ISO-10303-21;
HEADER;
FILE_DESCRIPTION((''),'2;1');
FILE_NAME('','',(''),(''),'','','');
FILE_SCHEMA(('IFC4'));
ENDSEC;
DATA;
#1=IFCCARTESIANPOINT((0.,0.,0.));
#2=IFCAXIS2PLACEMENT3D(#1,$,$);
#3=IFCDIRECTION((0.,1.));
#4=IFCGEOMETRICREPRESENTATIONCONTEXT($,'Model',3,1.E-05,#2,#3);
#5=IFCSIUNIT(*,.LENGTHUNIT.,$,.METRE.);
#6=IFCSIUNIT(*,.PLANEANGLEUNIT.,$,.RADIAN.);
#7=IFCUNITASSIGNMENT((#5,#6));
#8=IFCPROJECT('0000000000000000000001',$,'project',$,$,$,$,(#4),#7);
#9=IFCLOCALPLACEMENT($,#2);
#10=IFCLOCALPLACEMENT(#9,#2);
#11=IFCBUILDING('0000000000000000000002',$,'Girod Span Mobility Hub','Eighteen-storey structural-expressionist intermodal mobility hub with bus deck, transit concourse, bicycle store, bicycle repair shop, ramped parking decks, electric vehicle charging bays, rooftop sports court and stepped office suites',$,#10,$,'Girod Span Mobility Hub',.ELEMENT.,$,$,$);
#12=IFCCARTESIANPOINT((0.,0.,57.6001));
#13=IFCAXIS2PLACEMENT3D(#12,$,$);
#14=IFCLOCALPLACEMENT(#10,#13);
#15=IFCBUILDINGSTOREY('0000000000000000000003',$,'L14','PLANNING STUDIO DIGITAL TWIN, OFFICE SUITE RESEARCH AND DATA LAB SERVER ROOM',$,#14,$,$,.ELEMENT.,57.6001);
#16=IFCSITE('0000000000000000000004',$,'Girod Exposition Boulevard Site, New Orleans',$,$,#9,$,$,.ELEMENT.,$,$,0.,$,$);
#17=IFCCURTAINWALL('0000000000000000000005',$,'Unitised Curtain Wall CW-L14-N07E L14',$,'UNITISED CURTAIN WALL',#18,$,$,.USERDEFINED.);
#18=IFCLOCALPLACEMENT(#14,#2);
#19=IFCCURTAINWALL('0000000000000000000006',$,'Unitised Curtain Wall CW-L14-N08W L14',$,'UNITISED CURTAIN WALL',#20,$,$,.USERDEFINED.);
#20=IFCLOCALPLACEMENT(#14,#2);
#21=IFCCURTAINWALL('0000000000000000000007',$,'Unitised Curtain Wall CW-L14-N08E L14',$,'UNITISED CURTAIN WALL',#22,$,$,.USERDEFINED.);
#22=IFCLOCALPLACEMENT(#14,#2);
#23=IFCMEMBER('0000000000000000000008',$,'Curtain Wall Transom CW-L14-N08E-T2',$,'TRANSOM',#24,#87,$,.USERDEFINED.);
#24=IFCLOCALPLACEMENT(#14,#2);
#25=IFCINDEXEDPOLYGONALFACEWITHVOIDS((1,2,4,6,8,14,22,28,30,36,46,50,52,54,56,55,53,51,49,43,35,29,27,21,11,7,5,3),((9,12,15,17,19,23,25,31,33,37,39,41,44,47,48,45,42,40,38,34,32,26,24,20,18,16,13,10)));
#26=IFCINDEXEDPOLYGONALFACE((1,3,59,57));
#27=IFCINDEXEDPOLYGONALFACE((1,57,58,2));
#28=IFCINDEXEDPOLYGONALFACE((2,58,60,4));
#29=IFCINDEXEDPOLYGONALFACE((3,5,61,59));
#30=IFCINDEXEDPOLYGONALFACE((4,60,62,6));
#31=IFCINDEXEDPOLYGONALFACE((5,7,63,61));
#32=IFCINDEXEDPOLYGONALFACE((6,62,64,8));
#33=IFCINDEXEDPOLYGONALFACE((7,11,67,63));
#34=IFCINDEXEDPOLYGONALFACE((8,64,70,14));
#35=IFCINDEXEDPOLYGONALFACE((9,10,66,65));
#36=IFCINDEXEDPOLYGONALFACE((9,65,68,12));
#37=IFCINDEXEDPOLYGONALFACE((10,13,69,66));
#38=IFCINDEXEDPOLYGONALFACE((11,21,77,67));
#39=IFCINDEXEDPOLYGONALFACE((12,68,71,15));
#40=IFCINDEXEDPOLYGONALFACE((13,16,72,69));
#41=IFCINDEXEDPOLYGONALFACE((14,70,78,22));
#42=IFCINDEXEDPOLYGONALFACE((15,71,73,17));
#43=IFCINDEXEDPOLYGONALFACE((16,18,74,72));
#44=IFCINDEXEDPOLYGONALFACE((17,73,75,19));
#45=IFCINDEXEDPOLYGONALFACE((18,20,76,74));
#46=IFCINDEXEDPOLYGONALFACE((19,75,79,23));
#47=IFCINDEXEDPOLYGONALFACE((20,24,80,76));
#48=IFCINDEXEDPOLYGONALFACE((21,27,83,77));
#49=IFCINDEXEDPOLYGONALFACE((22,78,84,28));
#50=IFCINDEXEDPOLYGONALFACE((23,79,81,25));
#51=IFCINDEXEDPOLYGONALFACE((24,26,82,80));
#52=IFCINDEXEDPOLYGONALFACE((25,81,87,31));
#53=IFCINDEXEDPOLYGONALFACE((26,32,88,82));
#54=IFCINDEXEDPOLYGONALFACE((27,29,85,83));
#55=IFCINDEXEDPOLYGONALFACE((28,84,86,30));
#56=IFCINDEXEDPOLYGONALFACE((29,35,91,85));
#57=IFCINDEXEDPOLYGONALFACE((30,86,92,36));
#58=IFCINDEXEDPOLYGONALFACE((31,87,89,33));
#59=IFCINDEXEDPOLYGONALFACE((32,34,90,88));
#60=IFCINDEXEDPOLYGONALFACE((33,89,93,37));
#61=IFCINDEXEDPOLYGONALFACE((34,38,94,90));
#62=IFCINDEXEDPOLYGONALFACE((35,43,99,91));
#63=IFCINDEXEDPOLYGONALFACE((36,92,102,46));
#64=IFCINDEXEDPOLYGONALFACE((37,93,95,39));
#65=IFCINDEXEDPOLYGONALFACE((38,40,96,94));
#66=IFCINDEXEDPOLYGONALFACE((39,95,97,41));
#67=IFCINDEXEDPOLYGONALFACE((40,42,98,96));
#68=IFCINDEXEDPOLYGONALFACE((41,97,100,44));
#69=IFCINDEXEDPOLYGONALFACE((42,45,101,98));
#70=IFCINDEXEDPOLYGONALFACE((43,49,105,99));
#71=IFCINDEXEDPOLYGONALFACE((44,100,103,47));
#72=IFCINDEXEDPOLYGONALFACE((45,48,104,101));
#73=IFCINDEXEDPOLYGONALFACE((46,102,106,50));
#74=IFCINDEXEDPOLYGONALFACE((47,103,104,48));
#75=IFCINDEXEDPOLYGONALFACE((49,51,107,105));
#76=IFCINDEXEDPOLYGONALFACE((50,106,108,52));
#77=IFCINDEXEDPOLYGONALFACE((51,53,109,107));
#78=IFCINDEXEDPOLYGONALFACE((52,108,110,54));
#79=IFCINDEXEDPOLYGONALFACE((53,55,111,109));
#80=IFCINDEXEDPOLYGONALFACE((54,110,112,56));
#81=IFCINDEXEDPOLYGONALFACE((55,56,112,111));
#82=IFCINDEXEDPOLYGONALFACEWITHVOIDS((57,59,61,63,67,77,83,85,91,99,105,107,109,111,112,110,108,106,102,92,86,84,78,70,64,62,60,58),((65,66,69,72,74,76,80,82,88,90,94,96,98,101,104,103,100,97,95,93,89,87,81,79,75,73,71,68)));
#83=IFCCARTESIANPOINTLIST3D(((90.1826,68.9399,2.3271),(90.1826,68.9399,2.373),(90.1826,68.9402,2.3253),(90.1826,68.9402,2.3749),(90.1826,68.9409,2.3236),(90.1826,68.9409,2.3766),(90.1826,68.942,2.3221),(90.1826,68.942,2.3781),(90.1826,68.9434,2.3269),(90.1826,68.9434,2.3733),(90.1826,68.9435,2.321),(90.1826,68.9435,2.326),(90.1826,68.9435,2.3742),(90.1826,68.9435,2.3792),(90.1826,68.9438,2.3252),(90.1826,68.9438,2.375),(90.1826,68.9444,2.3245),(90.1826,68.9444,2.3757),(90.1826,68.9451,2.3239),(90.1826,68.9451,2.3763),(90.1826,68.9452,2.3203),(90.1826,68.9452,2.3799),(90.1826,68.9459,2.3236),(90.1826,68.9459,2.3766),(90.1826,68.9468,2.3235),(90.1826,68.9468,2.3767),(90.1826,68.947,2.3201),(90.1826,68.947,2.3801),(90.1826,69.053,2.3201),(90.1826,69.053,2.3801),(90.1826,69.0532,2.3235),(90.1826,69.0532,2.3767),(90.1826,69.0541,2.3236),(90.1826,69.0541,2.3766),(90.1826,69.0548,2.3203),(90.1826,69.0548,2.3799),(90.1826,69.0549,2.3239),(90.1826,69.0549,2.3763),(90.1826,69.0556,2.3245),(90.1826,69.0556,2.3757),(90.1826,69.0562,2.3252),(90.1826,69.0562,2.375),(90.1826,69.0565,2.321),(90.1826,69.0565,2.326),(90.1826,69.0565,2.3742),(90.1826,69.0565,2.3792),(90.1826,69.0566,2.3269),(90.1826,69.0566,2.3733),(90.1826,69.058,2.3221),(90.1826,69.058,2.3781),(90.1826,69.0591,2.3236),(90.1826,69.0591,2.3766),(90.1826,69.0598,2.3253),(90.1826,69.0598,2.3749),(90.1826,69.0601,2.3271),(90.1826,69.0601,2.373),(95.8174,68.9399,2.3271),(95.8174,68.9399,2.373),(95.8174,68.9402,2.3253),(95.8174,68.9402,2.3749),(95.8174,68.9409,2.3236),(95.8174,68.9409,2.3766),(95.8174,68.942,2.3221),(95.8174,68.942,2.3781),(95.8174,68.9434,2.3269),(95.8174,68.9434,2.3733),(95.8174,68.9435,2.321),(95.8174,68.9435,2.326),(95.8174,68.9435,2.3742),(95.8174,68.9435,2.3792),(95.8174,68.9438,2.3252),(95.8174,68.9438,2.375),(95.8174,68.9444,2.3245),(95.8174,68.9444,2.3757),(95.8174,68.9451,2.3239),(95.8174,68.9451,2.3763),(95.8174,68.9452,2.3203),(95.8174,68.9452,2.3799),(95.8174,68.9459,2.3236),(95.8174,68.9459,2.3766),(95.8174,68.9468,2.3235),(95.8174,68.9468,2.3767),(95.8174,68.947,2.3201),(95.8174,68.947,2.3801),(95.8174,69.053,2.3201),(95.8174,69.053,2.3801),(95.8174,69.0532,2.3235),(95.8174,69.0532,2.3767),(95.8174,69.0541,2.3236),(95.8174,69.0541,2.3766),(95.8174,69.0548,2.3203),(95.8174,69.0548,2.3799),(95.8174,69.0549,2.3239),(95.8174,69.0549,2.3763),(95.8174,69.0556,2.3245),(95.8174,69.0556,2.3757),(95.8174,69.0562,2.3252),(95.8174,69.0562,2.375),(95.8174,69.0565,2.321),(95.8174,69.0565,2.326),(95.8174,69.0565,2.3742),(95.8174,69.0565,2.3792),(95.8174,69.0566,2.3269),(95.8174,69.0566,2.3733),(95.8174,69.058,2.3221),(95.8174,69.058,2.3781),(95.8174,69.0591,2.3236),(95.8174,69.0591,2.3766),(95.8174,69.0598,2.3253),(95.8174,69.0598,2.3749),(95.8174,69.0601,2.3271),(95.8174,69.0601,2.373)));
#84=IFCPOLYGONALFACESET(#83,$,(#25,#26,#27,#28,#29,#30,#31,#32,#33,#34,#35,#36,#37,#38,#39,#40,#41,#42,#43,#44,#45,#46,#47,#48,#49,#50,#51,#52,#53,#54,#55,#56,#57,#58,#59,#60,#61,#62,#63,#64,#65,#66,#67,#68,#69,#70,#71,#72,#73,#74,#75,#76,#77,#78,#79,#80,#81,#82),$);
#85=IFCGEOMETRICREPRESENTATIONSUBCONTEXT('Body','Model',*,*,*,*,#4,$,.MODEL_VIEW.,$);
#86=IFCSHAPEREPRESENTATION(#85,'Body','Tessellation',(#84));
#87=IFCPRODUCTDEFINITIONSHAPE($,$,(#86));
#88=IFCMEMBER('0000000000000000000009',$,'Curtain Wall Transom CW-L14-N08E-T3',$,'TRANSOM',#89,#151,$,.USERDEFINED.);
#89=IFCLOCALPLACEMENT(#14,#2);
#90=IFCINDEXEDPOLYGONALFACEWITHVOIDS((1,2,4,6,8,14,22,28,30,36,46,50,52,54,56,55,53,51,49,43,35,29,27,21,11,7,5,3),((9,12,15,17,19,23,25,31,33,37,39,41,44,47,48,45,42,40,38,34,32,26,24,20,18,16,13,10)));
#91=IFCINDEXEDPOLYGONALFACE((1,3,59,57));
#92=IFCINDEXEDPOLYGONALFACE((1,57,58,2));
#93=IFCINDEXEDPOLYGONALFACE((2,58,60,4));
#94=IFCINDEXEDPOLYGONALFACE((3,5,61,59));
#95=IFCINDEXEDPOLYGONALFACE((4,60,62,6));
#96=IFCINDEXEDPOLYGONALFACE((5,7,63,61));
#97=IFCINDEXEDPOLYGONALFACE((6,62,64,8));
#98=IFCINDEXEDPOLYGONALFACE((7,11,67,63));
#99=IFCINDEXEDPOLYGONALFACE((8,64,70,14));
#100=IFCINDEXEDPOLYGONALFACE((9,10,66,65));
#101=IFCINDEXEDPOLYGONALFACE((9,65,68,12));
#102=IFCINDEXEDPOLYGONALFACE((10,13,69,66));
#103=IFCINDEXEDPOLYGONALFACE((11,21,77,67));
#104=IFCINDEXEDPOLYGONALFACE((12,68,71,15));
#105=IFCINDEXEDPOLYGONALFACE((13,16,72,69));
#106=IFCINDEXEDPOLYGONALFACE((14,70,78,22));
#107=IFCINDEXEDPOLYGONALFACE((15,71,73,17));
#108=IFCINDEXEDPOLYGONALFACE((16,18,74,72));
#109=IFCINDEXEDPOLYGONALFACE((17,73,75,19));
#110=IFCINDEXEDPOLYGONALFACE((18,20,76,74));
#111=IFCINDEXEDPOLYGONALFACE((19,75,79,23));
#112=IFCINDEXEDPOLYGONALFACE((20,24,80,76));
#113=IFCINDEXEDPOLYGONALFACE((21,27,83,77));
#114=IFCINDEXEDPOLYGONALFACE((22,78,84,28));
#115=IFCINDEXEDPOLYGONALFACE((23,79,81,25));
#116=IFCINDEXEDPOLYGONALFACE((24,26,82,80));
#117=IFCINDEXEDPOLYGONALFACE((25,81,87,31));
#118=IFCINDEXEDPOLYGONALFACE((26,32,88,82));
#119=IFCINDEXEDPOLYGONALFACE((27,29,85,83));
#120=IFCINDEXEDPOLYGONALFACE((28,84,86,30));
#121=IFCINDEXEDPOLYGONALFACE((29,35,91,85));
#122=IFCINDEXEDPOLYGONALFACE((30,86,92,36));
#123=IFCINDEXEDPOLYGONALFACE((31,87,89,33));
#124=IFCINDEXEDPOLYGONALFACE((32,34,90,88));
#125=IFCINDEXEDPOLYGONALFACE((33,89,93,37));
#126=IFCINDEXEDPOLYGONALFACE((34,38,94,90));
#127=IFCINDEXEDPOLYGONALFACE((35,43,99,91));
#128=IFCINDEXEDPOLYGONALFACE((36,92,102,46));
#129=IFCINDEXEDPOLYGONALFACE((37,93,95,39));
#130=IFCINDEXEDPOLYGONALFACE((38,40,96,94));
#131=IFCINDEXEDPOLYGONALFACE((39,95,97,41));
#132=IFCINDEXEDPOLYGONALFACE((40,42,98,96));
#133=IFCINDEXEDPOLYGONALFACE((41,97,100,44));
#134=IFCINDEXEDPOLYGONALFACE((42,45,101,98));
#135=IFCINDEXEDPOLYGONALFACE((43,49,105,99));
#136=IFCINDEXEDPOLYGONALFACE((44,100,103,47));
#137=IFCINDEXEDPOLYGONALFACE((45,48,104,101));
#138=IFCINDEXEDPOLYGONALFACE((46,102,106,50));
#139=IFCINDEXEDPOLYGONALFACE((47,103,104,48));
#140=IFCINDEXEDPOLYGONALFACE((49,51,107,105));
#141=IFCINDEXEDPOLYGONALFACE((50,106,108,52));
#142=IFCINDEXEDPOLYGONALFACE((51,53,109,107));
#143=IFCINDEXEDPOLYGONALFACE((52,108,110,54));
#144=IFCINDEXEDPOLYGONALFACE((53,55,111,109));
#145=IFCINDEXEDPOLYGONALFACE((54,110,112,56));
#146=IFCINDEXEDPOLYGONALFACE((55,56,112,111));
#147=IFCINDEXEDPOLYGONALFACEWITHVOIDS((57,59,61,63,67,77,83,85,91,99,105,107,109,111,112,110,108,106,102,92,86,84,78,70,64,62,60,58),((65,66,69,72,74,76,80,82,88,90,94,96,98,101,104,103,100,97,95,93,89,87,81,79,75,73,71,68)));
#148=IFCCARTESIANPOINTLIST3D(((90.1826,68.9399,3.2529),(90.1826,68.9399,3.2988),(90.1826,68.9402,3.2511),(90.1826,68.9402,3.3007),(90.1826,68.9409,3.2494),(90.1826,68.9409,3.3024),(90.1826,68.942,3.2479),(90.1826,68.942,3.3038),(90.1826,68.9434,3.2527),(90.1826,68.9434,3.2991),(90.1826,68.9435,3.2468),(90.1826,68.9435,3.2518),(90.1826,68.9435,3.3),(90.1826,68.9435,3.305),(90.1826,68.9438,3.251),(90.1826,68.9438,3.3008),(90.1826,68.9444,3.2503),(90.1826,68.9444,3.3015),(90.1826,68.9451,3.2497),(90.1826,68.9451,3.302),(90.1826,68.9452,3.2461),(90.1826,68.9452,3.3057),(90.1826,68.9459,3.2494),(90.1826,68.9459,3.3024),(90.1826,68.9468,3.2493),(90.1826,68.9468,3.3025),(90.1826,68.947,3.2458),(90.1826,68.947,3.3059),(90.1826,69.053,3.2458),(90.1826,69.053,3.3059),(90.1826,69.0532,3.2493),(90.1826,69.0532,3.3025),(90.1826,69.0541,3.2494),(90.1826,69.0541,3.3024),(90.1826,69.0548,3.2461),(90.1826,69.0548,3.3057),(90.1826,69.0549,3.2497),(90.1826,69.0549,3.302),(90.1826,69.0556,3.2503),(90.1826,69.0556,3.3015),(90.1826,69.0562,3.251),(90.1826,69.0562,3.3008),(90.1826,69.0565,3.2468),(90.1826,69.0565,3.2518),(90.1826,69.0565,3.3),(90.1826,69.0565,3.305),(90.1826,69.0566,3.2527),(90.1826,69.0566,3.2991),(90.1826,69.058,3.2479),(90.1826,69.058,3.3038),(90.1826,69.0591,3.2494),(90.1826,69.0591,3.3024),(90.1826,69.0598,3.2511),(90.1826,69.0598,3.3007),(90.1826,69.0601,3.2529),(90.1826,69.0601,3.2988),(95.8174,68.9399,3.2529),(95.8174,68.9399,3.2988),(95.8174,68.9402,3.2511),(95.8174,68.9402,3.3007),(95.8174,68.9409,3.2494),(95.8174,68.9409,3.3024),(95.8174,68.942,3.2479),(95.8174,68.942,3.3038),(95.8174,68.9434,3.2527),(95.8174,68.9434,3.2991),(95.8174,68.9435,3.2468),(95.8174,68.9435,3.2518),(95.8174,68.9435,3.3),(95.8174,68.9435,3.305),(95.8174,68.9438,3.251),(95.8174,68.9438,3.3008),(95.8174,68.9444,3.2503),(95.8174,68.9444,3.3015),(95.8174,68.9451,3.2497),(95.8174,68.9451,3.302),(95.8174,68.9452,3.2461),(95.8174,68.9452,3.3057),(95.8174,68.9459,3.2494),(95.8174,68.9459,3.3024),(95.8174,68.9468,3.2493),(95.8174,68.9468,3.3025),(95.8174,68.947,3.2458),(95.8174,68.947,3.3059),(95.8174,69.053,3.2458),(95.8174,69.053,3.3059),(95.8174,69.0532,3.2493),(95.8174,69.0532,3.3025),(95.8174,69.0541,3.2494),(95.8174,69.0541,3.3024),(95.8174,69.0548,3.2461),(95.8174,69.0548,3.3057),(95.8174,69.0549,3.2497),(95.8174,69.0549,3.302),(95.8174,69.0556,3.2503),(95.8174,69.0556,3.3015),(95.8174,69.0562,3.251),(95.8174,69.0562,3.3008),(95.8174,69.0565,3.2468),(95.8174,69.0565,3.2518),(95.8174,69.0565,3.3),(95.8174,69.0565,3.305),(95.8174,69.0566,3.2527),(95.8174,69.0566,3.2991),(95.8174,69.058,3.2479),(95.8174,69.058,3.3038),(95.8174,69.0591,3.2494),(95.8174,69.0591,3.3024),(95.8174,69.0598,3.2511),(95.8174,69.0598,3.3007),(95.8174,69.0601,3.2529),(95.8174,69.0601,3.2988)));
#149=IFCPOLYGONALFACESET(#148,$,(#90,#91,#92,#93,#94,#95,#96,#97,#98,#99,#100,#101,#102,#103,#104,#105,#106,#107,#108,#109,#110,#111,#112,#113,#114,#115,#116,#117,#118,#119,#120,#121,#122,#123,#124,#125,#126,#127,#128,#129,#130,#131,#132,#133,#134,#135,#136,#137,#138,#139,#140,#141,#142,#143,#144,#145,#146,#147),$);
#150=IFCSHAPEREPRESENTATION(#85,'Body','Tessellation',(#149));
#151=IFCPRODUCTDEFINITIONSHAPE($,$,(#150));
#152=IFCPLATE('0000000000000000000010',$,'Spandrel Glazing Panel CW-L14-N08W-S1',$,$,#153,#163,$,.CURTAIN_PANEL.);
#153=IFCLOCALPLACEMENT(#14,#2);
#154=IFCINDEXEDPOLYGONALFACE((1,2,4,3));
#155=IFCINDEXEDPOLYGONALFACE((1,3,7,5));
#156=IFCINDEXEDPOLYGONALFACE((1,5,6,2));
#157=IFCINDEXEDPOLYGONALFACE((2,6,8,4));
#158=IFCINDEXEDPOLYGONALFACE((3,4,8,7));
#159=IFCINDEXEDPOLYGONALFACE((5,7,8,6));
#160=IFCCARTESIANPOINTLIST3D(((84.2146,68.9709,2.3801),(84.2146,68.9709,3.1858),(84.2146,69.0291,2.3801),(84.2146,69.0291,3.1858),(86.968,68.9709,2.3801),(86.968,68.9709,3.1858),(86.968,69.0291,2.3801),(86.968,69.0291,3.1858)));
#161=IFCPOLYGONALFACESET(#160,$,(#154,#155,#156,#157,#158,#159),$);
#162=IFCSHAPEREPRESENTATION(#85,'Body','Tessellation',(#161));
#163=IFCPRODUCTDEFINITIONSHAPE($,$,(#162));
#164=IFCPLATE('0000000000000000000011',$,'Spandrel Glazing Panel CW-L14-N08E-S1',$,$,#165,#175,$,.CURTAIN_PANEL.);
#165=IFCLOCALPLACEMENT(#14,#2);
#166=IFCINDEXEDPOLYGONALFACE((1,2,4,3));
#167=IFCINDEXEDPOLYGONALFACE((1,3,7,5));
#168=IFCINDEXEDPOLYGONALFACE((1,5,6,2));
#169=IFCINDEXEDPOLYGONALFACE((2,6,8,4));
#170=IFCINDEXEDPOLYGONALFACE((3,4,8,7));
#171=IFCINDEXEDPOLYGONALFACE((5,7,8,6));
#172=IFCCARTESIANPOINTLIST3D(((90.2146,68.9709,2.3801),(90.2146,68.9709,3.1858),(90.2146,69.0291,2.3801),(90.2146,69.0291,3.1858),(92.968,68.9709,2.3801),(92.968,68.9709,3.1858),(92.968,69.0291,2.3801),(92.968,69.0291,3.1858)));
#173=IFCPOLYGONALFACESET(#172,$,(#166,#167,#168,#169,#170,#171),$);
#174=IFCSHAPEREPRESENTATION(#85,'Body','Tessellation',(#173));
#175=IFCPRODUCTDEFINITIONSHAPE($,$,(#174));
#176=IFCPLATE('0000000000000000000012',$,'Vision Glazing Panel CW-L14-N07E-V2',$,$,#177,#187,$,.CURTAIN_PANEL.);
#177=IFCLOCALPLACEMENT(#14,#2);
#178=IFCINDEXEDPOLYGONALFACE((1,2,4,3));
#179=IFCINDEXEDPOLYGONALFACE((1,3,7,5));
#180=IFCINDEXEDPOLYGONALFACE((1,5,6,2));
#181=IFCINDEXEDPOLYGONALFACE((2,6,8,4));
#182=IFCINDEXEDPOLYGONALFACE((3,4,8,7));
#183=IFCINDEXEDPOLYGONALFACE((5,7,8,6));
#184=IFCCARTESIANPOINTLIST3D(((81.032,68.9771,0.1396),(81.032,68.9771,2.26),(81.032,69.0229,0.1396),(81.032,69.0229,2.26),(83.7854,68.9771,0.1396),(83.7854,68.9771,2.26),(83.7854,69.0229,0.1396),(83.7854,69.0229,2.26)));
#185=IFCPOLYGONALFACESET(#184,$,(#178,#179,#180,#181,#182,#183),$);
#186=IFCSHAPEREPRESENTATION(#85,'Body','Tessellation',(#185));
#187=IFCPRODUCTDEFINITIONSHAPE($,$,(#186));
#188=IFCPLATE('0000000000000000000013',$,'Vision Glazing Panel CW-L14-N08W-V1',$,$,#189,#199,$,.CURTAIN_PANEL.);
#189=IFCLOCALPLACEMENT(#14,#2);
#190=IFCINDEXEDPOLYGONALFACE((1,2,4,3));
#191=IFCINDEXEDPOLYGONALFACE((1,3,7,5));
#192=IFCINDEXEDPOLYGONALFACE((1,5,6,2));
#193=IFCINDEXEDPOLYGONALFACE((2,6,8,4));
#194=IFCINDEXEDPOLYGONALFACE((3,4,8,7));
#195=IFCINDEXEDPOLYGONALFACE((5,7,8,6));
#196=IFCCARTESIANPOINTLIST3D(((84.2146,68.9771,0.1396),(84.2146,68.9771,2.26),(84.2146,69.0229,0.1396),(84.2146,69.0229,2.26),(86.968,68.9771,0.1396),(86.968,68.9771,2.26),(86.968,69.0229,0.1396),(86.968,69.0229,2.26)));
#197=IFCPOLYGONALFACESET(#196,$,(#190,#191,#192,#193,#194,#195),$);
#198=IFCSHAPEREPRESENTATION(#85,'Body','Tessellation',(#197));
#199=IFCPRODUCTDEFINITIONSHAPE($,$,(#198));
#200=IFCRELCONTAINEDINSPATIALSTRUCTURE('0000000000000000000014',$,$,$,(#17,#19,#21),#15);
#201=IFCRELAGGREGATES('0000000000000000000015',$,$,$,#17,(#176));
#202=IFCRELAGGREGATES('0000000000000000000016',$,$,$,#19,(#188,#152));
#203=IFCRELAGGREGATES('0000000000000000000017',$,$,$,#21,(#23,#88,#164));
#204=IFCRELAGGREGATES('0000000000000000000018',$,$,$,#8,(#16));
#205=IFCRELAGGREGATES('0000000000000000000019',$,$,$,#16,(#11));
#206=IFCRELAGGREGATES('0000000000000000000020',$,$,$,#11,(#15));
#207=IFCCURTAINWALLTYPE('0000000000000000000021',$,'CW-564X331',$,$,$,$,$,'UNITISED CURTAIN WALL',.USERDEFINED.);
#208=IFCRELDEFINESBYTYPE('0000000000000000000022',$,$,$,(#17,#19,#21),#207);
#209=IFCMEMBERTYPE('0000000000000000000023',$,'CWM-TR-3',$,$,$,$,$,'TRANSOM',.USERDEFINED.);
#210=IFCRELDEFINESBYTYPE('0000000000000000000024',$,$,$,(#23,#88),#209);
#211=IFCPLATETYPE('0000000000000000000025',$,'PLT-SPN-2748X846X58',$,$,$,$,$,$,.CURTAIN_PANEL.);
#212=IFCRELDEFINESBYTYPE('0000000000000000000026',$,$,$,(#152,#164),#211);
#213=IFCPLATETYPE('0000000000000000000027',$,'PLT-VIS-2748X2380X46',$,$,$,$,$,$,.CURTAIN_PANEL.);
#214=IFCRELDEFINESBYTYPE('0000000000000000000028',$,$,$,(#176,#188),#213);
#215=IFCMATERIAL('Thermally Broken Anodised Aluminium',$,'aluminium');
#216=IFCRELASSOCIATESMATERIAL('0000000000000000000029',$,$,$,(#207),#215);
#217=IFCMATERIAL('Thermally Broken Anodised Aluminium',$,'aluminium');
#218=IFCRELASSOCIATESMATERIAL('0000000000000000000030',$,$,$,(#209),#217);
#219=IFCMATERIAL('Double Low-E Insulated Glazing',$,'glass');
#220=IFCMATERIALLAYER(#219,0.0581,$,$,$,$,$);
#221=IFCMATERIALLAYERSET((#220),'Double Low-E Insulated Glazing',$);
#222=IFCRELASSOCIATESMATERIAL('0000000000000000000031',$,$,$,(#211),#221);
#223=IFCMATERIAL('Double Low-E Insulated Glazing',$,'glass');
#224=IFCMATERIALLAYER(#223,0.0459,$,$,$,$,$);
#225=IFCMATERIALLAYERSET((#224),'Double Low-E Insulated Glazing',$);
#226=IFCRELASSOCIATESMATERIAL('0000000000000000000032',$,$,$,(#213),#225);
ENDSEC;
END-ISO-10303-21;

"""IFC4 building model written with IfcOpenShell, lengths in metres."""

from ifc_helpers import new_model, si_unit, direction, frame, origin, origin_2d, place, context, subcontext, project, spatial, rectangle, hollow_rectangle, extrude, material, layer, layer_set, material_profile, profile_set, type_object, element, aggregate, save


model = new_model("IFC4")

# Units and contexts
model_context = context("Model", 3, precision=1e-05, world=origin(), true_north=direction((0.0, 1.0)))
body_context = subcontext(model_context, "Body", "Model", "MODEL_VIEW")
ifc_project = project(units=[si_unit("LENGTHUNIT", "METRE"), si_unit("PLANEANGLEUNIT", "RADIAN")], contexts=[model_context])

# Site, building, storey
site_placement = place(None, origin())
site = spatial("IfcSite", under=ifc_project, at=site_placement, Name="Girod Exposition Boulevard Site, New Orleans", CompositionType="ELEMENT", RefElevation=0.0)
building_placement = place(site_placement, origin())
building = spatial("IfcBuilding", under=site, at=building_placement, Name="Girod Span Mobility Hub", Description="Eighteen-storey structural-expressionist intermodal mobility hub with bus deck, transit concourse, bicycle store, bicycle repair shop, ramped parking decks, electric vehicle charging bays, rooftop sports court and stepped office suites", LongName="Girod Span Mobility Hub", CompositionType="ELEMENT")
storey_placement = place(building_placement, frame((0.0, 0.0, 57.6001)))
storey = spatial("IfcBuildingStorey", under=building, at=storey_placement, Name="L14", Description="PLANNING STUDIO DIGITAL TWIN, OFFICE SUITE RESEARCH AND DATA LAB SERVER ROOM", CompositionType="ELEMENT", Elevation=57.6001)

# Curtain walls
ifc_material_1 = material(Name="Thermally Broken Anodised Aluminium", Category="aluminium")
curtain_wall_type = type_object("IfcCurtainWallType", Name="CW-564X331", ElementType="UNITISED CURTAIN WALL", PredefinedType="USERDEFINED", material=ifc_material_1)
curtain_wall_1_placement = place(storey_placement, origin())
curtain_wall_1 = element("IfcCurtainWall", 1, at=curtain_wall_1_placement, inside=storey, type_object=curtain_wall_type, Name="Unitised Curtain Wall CW-L14-N07E L14", ObjectType="UNITISED CURTAIN WALL", PredefinedType="USERDEFINED")
curtain_wall_2_placement = place(storey_placement, origin())
curtain_wall_2 = element("IfcCurtainWall", 2, at=curtain_wall_2_placement, inside=storey, type_object=curtain_wall_type, Name="Unitised Curtain Wall CW-L14-N08W L14", ObjectType="UNITISED CURTAIN WALL", PredefinedType="USERDEFINED")

# Curtain wall
curtain_wall_3_placement = place(storey_placement, origin())
curtain_wall_3 = element("IfcCurtainWall", 3, at=curtain_wall_3_placement, inside=storey, type_object=curtain_wall_type, Name="Unitised Curtain Wall CW-L14-N08E L14", ObjectType="UNITISED CURTAIN WALL", PredefinedType="USERDEFINED")

# Members
ifc_material_2 = material(Name="Thermally Broken Anodised Aluminium", Category="aluminium")
ifc_material_profile_1 = material_profile(ifc_material_2, hollow_rectangle(XDim=0.1201, YDim=0.0601, WallThickness=0.0034, InnerFilletRadius=0.0034, OuterFilletRadius=0.0071, at=origin_2d()), Name="CW-TR-60X120")
ifc_profile_set_1 = profile_set([ifc_material_profile_1], Name="Thermally Broken Anodised Aluminium")
member_type_1 = type_object("IfcMemberType", Name="CWM-TR-3", ElementType="TRANSOM", PredefinedType="USERDEFINED", material=ifc_profile_set_1)
member_1_placement = place(storey_placement, frame((90.1826, 69.0, 2.3501), z_axis=(1.0, 0.0, 0.0), x_axis=(0.0, 1.0, 0.0)))
member_1 = element("IfcMember", 4, at=member_1_placement, type_object=member_type_1, Name="Curtain Wall Transom CW-L14-N08E-T2", ObjectType="TRANSOM", PredefinedType="USERDEFINED", context=body_context, shape_type="SweptSolid", body=[
    extrude(hollow_rectangle(XDim=0.1201, YDim=0.0601, WallThickness=0.0034, InnerFilletRadius=0.0034, OuterFilletRadius=0.0071, at=origin_2d()), origin(), (0.0, 0.0, 1.0), 5.6348),
])
member_2_placement = place(storey_placement, frame((90.1826, 69.0, 3.2759), z_axis=(1.0, 0.0, 0.0), x_axis=(0.0, 1.0, 0.0)))
member_2 = element("IfcMember", 5, at=member_2_placement, type_object=member_type_1, Name="Curtain Wall Transom CW-L14-N08E-T3", ObjectType="TRANSOM", PredefinedType="USERDEFINED", context=body_context, shape_type="SweptSolid", body=[
    extrude(hollow_rectangle(XDim=0.1201, YDim=0.0601, WallThickness=0.0034, InnerFilletRadius=0.0034, OuterFilletRadius=0.0071, at=origin_2d()), origin(), (0.0, 0.0, 1.0), 5.6348),
])

# Plates
ifc_material_3 = material(Name="Double Low-E Insulated Glazing", Category="glass")
ifc_layer_1 = layer(ifc_material_3, 0.0581)
ifc_layer_set_1 = layer_set([ifc_layer_1], Name="Double Low-E Insulated Glazing")
plate_type_1 = type_object("IfcPlateType", Name="PLT-SPN-2748X846X58", PredefinedType="CURTAIN_PANEL", material=ifc_layer_set_1)
plate_1_placement = place(storey_placement, frame((85.5913, 69.0, 2.3801), z_axis=(0.0, 0.0, 1.0), x_axis=(1.0, 0.0, 0.0)))
plate_1 = element("IfcPlate", 6, at=plate_1_placement, type_object=plate_type_1, Name="Spandrel Glazing Panel CW-L14-N08W-S1", PredefinedType="CURTAIN_PANEL", context=body_context, shape_type="SweptSolid", body=[
    extrude(rectangle(XDim=2.7534, YDim=0.0581, at=origin_2d()), origin(), (0.0, 0.0, 1.0), 0.8057),
])
plate_2_placement = place(storey_placement, frame((91.5913, 69.0, 2.3801), z_axis=(0.0, 0.0, 1.0), x_axis=(1.0, 0.0, 0.0)))
plate_2 = element("IfcPlate", 7, at=plate_2_placement, type_object=plate_type_1, Name="Spandrel Glazing Panel CW-L14-N08E-S1", PredefinedType="CURTAIN_PANEL", context=body_context, shape_type="SweptSolid", body=[
    extrude(rectangle(XDim=2.7534, YDim=0.0581, at=origin_2d()), origin(), (0.0, 0.0, 1.0), 0.8057),
])
ifc_material_4 = material(Name="Double Low-E Insulated Glazing", Category="glass")
ifc_layer_2 = layer(ifc_material_4, 0.0459)
ifc_layer_set_2 = layer_set([ifc_layer_2], Name="Double Low-E Insulated Glazing")
plate_type_2 = type_object("IfcPlateType", Name="PLT-VIS-2748X2380X46", PredefinedType="CURTAIN_PANEL", material=ifc_layer_set_2)
plate_3_placement = place(storey_placement, frame((82.4087, 69.0, 0.1396), z_axis=(0.0, 0.0, 1.0), x_axis=(1.0, 0.0, 0.0)))
plate_3 = element("IfcPlate", 8, at=plate_3_placement, type_object=plate_type_2, Name="Vision Glazing Panel CW-L14-N07E-V2", PredefinedType="CURTAIN_PANEL", context=body_context, shape_type="SweptSolid", body=[
    extrude(rectangle(XDim=2.7534, YDim=0.0459, at=origin_2d()), origin(), (0.0, 0.0, 1.0), 2.1204),
])
aggregate(curtain_wall_1, [plate_3])
plate_4_placement = place(storey_placement, frame((85.5913, 69.0, 0.1396), z_axis=(0.0, 0.0, 1.0), x_axis=(1.0, 0.0, 0.0)))
plate_4 = element("IfcPlate", 9, at=plate_4_placement, type_object=plate_type_2, Name="Vision Glazing Panel CW-L14-N08W-V1", PredefinedType="CURTAIN_PANEL", context=body_context, shape_type="SweptSolid", body=[
    extrude(rectangle(XDim=2.7534, YDim=0.0459, at=origin_2d()), origin(), (0.0, 0.0, 1.0), 2.1204),
])
aggregate(curtain_wall_2, [plate_4, plate_1])
aggregate(curtain_wall_3, [member_1, member_2, plate_2])

save(model, "model.ifc")
